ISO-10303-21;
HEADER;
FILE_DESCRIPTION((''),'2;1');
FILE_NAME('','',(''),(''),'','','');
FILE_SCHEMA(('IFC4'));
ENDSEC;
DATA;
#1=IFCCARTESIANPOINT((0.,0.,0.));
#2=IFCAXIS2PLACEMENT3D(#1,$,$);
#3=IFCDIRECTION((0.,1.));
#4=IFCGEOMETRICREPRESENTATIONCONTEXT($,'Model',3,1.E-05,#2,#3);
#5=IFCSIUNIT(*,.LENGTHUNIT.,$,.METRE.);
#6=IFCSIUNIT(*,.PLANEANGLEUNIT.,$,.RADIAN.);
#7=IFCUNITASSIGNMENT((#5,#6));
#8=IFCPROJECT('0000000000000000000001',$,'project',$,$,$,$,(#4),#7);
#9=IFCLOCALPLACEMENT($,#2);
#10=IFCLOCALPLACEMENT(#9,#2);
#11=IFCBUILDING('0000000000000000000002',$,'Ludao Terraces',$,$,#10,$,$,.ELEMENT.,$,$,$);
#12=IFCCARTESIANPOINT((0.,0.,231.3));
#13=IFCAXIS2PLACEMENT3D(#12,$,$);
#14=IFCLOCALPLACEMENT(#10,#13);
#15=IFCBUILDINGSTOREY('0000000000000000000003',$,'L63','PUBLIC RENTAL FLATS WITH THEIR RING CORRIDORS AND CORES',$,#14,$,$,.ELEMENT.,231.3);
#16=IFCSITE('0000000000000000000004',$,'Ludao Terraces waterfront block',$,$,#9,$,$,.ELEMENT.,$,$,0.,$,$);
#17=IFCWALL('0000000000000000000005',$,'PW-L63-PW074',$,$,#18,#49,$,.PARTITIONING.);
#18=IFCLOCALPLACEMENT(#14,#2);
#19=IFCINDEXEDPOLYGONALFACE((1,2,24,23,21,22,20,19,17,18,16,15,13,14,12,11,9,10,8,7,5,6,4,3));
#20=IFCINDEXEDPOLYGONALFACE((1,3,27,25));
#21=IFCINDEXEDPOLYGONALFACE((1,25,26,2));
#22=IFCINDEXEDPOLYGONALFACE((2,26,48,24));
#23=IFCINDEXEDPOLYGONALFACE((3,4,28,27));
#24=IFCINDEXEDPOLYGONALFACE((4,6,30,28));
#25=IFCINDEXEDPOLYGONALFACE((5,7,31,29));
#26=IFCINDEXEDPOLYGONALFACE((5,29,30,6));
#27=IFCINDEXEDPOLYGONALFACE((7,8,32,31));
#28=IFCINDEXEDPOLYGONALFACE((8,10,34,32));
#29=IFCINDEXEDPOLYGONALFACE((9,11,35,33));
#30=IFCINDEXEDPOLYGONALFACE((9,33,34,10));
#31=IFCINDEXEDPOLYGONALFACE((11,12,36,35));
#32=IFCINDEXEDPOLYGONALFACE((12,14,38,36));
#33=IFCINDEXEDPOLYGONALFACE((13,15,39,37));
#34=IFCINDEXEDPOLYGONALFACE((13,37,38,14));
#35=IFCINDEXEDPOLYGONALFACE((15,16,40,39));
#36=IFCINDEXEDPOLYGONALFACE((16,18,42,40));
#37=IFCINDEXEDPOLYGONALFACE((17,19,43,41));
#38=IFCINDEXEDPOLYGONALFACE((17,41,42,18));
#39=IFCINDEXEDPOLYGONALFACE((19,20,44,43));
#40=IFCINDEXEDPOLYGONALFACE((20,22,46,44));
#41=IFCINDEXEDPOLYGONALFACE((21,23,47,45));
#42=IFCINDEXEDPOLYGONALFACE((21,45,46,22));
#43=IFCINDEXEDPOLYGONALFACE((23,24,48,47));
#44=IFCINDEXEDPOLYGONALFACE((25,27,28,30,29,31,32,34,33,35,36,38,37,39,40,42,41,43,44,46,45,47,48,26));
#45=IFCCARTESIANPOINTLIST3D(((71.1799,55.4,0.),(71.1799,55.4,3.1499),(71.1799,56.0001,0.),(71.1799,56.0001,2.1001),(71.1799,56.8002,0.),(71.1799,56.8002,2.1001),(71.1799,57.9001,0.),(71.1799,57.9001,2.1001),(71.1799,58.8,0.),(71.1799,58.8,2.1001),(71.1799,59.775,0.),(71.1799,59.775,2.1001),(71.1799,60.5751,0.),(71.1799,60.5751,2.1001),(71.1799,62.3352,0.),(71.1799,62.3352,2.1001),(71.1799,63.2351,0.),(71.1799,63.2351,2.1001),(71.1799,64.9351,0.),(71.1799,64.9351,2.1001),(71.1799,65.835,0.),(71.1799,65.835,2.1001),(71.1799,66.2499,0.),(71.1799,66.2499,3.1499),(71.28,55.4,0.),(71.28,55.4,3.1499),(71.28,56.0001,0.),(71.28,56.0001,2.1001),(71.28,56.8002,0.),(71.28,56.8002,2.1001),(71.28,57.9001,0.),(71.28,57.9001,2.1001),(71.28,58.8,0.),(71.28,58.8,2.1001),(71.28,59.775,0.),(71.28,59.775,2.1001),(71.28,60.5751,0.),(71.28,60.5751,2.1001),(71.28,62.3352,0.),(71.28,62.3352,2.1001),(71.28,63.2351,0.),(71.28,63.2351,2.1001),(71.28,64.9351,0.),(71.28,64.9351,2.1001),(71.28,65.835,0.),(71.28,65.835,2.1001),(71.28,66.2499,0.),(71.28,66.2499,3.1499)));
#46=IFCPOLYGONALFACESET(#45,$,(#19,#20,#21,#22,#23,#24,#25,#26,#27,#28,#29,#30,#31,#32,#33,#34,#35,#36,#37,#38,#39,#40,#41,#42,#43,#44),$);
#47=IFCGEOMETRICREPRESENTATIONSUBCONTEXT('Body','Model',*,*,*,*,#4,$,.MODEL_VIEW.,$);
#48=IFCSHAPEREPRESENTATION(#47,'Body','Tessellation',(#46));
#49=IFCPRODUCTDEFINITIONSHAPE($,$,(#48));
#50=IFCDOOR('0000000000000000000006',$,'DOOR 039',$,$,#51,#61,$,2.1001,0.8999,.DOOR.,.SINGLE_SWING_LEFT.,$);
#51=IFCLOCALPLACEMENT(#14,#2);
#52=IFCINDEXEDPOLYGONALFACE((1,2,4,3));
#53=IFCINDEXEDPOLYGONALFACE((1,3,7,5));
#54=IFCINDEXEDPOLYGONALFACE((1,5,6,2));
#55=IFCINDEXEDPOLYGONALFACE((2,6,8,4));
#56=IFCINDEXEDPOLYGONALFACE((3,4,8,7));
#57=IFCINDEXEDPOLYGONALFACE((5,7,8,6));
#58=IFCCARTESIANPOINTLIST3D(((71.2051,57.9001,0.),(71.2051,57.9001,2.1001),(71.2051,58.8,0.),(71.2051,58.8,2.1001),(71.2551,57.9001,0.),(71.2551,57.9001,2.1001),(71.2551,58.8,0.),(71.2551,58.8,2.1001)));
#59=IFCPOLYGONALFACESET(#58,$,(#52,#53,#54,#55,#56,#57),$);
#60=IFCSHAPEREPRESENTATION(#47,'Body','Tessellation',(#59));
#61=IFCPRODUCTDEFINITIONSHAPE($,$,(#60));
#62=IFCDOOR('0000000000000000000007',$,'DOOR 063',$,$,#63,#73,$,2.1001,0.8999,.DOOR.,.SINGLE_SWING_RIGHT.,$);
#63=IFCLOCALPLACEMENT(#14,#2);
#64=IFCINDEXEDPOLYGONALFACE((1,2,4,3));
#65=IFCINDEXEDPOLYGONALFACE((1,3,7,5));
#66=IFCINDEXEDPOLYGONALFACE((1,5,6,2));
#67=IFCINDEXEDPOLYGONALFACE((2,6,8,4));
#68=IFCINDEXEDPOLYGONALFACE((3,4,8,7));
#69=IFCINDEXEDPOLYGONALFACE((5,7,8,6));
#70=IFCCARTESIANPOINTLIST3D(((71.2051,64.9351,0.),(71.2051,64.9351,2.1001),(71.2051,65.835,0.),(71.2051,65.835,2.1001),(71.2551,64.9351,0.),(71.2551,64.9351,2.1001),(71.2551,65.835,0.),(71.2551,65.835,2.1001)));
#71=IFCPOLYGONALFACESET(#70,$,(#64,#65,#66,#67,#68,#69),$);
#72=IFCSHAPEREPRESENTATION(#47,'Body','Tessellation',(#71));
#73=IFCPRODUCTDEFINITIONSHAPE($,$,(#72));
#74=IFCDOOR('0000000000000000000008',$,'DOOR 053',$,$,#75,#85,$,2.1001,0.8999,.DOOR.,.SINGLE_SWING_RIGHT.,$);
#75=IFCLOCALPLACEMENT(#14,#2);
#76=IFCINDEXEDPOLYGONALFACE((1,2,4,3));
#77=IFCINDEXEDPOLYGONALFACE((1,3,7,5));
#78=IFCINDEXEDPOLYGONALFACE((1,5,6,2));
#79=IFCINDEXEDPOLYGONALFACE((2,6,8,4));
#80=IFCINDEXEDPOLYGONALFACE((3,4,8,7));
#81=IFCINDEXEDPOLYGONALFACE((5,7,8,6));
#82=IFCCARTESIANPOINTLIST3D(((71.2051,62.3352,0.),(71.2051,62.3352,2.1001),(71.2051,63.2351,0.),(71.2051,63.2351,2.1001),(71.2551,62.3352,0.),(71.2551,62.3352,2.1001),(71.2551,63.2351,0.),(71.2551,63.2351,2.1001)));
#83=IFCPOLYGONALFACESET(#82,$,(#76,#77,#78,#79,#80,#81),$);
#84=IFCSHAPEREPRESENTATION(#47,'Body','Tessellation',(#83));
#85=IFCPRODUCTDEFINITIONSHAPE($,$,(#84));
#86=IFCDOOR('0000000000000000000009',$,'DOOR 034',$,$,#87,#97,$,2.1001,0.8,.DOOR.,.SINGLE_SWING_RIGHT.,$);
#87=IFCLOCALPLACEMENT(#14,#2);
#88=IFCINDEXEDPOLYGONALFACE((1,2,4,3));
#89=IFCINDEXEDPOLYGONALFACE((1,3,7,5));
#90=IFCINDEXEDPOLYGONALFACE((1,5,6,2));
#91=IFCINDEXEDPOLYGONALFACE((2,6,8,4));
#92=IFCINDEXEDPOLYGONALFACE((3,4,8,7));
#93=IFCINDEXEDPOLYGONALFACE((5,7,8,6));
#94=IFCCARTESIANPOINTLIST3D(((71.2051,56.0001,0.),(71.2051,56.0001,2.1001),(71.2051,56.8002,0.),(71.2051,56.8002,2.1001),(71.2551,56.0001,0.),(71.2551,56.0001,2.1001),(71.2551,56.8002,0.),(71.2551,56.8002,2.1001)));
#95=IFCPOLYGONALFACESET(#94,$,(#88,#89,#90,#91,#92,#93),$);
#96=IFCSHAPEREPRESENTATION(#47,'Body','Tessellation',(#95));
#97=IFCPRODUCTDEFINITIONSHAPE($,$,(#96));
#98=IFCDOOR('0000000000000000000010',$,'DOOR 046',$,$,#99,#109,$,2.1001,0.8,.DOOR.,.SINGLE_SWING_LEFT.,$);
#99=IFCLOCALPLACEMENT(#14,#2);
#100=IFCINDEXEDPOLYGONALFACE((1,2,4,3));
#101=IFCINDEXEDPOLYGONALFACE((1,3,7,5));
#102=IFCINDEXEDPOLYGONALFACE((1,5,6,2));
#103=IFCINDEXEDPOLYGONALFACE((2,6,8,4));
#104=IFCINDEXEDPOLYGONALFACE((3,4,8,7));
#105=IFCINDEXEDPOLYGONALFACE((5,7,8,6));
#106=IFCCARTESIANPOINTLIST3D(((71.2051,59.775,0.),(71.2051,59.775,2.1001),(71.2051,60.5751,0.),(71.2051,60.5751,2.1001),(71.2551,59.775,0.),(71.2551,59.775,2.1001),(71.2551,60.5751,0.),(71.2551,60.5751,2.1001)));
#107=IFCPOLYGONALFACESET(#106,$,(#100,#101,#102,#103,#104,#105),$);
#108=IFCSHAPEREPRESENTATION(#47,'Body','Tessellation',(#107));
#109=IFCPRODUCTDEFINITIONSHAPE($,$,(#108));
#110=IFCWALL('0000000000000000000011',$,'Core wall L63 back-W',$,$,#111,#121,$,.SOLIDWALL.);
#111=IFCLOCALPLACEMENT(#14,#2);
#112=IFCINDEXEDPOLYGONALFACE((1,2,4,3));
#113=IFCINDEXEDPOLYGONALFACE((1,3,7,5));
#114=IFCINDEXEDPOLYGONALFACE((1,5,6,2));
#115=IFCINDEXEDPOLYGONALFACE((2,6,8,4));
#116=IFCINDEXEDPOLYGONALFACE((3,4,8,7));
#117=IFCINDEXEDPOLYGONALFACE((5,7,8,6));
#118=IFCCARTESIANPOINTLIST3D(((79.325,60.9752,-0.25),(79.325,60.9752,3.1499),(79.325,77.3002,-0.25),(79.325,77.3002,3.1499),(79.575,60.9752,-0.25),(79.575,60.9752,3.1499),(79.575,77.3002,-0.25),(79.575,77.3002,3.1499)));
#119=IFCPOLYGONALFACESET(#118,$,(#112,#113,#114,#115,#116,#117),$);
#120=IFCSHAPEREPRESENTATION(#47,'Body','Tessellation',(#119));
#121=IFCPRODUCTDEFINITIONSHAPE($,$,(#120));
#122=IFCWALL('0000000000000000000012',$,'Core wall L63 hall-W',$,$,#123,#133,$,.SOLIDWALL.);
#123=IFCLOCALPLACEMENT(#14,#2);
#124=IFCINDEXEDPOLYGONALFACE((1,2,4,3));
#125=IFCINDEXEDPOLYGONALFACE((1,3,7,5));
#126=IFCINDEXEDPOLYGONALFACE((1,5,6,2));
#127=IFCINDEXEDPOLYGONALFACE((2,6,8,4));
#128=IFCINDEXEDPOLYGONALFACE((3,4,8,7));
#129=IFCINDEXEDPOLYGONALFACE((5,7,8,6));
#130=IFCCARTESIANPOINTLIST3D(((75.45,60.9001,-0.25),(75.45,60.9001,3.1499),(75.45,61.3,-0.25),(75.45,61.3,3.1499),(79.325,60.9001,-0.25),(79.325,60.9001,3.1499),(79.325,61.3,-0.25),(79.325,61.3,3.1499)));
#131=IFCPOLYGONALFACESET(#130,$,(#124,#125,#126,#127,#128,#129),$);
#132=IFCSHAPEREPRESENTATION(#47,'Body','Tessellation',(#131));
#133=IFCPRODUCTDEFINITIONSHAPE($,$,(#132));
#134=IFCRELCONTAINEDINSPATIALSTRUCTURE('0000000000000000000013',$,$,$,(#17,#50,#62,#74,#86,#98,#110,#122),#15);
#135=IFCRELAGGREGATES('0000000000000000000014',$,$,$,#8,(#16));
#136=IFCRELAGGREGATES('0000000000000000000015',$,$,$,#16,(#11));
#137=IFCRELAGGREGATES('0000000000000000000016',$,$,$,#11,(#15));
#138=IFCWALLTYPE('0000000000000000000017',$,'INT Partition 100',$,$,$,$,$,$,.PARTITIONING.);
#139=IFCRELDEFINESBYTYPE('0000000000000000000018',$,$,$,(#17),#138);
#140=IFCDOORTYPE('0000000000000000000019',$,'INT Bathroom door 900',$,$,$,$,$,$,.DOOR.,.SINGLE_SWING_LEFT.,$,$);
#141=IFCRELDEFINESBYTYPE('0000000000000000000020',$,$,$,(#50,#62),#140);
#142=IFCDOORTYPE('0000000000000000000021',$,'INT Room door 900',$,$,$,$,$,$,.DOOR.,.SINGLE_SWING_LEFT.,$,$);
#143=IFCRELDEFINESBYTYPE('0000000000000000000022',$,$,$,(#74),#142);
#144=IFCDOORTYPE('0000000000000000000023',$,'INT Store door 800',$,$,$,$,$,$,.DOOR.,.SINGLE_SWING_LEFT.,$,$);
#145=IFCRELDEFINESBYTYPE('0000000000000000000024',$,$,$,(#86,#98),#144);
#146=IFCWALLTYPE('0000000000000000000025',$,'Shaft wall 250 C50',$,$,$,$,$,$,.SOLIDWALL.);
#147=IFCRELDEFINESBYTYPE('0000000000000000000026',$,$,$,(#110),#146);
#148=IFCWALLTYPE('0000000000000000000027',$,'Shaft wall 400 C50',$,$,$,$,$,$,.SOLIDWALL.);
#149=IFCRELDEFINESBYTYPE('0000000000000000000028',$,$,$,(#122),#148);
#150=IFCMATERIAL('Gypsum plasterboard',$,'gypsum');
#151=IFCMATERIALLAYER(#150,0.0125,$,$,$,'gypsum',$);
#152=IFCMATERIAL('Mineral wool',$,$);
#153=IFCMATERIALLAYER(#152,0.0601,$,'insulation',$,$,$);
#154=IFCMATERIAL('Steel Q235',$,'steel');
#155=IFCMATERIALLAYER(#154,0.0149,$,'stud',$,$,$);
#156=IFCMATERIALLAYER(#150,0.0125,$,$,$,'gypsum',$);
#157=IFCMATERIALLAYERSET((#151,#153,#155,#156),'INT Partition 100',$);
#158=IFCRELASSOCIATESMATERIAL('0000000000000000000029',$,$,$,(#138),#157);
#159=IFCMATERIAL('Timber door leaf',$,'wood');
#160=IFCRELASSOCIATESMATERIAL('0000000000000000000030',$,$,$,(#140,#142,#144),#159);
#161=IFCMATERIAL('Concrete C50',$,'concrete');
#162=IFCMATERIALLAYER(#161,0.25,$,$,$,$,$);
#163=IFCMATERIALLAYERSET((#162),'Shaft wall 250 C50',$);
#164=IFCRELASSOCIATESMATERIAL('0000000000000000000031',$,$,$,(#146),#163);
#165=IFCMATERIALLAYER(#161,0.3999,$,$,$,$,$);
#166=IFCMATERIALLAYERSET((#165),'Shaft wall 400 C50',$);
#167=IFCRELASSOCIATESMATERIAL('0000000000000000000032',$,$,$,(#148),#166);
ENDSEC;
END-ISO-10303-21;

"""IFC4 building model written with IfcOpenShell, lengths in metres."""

from ifc_helpers import new_model, si_unit, direction, frame, frame_2d, origin, place, context, subcontext, project, spatial, rectangle, extrude, material, layer, layer_set, type_object, element, fill, save


model = new_model("IFC4")

# Units and contexts
model_context = context("Model", 3, precision=1e-05, world=origin(), true_north=direction((0.0, 1.0)))
body_context = subcontext(model_context, "Body", "Model", "MODEL_VIEW")
ifc_project = project(units=[si_unit("LENGTHUNIT", "METRE"), si_unit("PLANEANGLEUNIT", "RADIAN")], contexts=[model_context])

# Site, building, storey
site_placement = place(None, origin())
site = spatial("IfcSite", under=ifc_project, at=site_placement, Name="Ludao Terraces waterfront block", CompositionType="ELEMENT", RefElevation=0.0)
building_placement = place(site_placement, origin())
building = spatial("IfcBuilding", under=site, at=building_placement, Name="Ludao Terraces", CompositionType="ELEMENT")
storey_placement = place(building_placement, frame((0.0, 0.0, 231.3)))
storey = spatial("IfcBuildingStorey", under=building, at=storey_placement, Name="L63", Description="PUBLIC RENTAL FLATS WITH THEIR RING CORRIDORS AND CORES", CompositionType="ELEMENT", Elevation=231.3)

# Shared definitions
ifc_material_1 = material(Name="Concrete C50", Category="concrete")

# Shared definitions
ifc_material_2 = material(Name="Steel Q235", Category="steel")

# Shared definitions
ifc_material_3 = material(Name="Gypsum plasterboard", Category="gypsum")
ifc_layer_1 = layer(ifc_material_3, 0.0125, Category="gypsum")
ifc_material_4 = material(Name="Mineral wool")
ifc_layer_2 = layer(ifc_material_4, 0.0601, Name="insulation")
ifc_layer_3 = layer(ifc_material_2, 0.0149, Name="stud")
ifc_layer_4 = layer(ifc_material_3, 0.0125, Category="gypsum")
ifc_layer_set_1 = layer_set([ifc_layer_1, ifc_layer_2, ifc_layer_3, ifc_layer_4], Name="INT Partition 100")
wall_type_1 = type_object("IfcWallType", Name="INT Partition 100", PredefinedType="PARTITIONING", material=ifc_layer_set_1)

# Wall, openings, doors
wall_1_placement = place(storey_placement, frame((71.23, 55.4001, 0.0), z_axis=(0.0, 0.0, 1.0), x_axis=(0.0, 1.0, 0.0)))
wall_1 = element("IfcWall", 1, at=wall_1_placement, inside=storey, type_object=wall_type_1, Name="PW-L63-PW074", PredefinedType="PARTITIONING", context=body_context, shape_type="SweptSolid", body=[
    extrude(rectangle(XDim=10.8499, YDim=0.1001, at=frame_2d((5.4248, 0.0))), origin(), (0.0, 0.0, 1.0), 3.1499),
])
opening_1_placement = place(wall_1_placement, frame((0.6001, 0.0, 0.0)))
opening_1 = element("IfcOpeningElement", 2, at=opening_1_placement, cuts=wall_1, PredefinedType="OPENING", context=body_context, shape_type="SweptSolid", body=[
    extrude(rectangle(XDim=0.8, YDim=2.1001, at=frame_2d((0.3999, 1.05))), frame((0.0, 0.0601, 0.0), z_axis=(0.0, -1.0, 0.0), x_axis=(1.0, 0.0, 0.0)), (0.0, 0.0, 1.0), 0.1201),
])
opening_2_placement = place(wall_1_placement, frame((2.5, 0.0, 0.0)))
opening_2 = element("IfcOpeningElement", 3, at=opening_2_placement, cuts=wall_1, PredefinedType="OPENING", context=body_context, shape_type="SweptSolid", body=[
    extrude(rectangle(XDim=0.8999, YDim=2.1001, at=frame_2d((0.45, 1.05))), frame((0.0, 0.0601, 0.0), z_axis=(0.0, -1.0, 0.0), x_axis=(1.0, 0.0, 0.0)), (0.0, 0.0, 1.0), 0.1201),
])
opening_3_placement = place(wall_1_placement, frame((4.375, 0.0, 0.0)))
opening_3 = element("IfcOpeningElement", 4, at=opening_3_placement, cuts=wall_1, PredefinedType="OPENING", context=body_context, shape_type="SweptSolid", body=[
    extrude(rectangle(XDim=0.8, YDim=2.1001, at=frame_2d((0.3999, 1.05))), frame((0.0, 0.0601, 0.0), z_axis=(0.0, -1.0, 0.0), x_axis=(1.0, 0.0, 0.0)), (0.0, 0.0, 1.0), 0.1201),
])
opening_4_placement = place(wall_1_placement, frame((6.9351, 0.0, 0.0)))
opening_4 = element("IfcOpeningElement", 5, at=opening_4_placement, cuts=wall_1, PredefinedType="OPENING", context=body_context, shape_type="SweptSolid", body=[
    extrude(rectangle(XDim=0.8999, YDim=2.1001, at=frame_2d((0.45, 1.05))), frame((0.0, 0.0601, 0.0), z_axis=(0.0, -1.0, 0.0), x_axis=(1.0, 0.0, 0.0)), (0.0, 0.0, 1.0), 0.1201),
])
opening_5_placement = place(wall_1_placement, frame((9.5349, 0.0, 0.0)))
opening_5 = element("IfcOpeningElement", 6, at=opening_5_placement, cuts=wall_1, PredefinedType="OPENING", context=body_context, shape_type="SweptSolid", body=[
    extrude(rectangle(XDim=0.8999, YDim=2.1001, at=frame_2d((0.45, 1.05))), frame((0.0, 0.0601, 0.0), z_axis=(0.0, -1.0, 0.0), x_axis=(1.0, 0.0, 0.0)), (0.0, 0.0, 1.0), 0.1201),
])
ifc_material_5 = material(Name="Timber door leaf", Category="wood")
door_type_1 = type_object("IfcDoorType", Name="INT Bathroom door 900", OperationType="SINGLE_SWING_LEFT", PredefinedType="DOOR", material=ifc_material_5)
door_1_placement = place(opening_2_placement, origin())
door_1 = element("IfcDoor", 7, at=door_1_placement, inside=storey, type_object=door_type_1, Name="DOOR 039", OperationType="SINGLE_SWING_LEFT", OverallHeight=2.1001, OverallWidth=0.8999, PredefinedType="DOOR", context=body_context, shape_type="SweptSolid", body=[
    extrude(rectangle(XDim=0.8999, YDim=2.1001, at=frame_2d((0.45, 1.05))), frame((0.0, 0.0249, 0.0), z_axis=(0.0, -1.0, 0.0), x_axis=(1.0, 0.0, 0.0)), (0.0, 0.0, 1.0), 0.05),
])
fill(opening_2, door_1)
door_2_placement = place(opening_5_placement, origin())
door_2 = element("IfcDoor", 8, at=door_2_placement, inside=storey, type_object=door_type_1, Name="DOOR 063", OperationType="SINGLE_SWING_RIGHT", OverallHeight=2.1001, OverallWidth=0.8999, PredefinedType="DOOR", context=body_context, shape_type="SweptSolid", body=[
    extrude(rectangle(XDim=0.8999, YDim=2.1001, at=frame_2d((0.45, 1.05))), frame((0.0, 0.0249, 0.0), z_axis=(0.0, -1.0, 0.0), x_axis=(1.0, 0.0, 0.0)), (0.0, 0.0, 1.0), 0.05),
])
fill(opening_5, door_2)
door_type_2 = type_object("IfcDoorType", Name="INT Room door 900", OperationType="SINGLE_SWING_LEFT", PredefinedType="DOOR", material=ifc_material_5)
door_3_placement = place(opening_4_placement, origin())
door_3 = element("IfcDoor", 9, at=door_3_placement, inside=storey, type_object=door_type_2, Name="DOOR 053", OperationType="SINGLE_SWING_RIGHT", OverallHeight=2.1001, OverallWidth=0.8999, PredefinedType="DOOR", context=body_context, shape_type="SweptSolid", body=[
    extrude(rectangle(XDim=0.8999, YDim=2.1001, at=frame_2d((0.45, 1.05))), frame((0.0, 0.0249, 0.0), z_axis=(0.0, -1.0, 0.0), x_axis=(1.0, 0.0, 0.0)), (0.0, 0.0, 1.0), 0.05),
])
fill(opening_4, door_3)
door_type_3 = type_object("IfcDoorType", Name="INT Store door 800", OperationType="SINGLE_SWING_LEFT", PredefinedType="DOOR", material=ifc_material_5)
door_4_placement = place(opening_1_placement, origin())
door_4 = element("IfcDoor", 10, at=door_4_placement, inside=storey, type_object=door_type_3, Name="DOOR 034", OperationType="SINGLE_SWING_RIGHT", OverallHeight=2.1001, OverallWidth=0.8, PredefinedType="DOOR", context=body_context, shape_type="SweptSolid", body=[
    extrude(rectangle(XDim=0.8, YDim=2.1001, at=frame_2d((0.3999, 1.05))), frame((0.0, 0.0249, 0.0), z_axis=(0.0, -1.0, 0.0), x_axis=(1.0, 0.0, 0.0)), (0.0, 0.0, 1.0), 0.05),
])
fill(opening_1, door_4)
door_5_placement = place(opening_3_placement, origin())
door_5 = element("IfcDoor", 11, at=door_5_placement, inside=storey, type_object=door_type_3, Name="DOOR 046", OperationType="SINGLE_SWING_LEFT", OverallHeight=2.1001, OverallWidth=0.8, PredefinedType="DOOR", context=body_context, shape_type="SweptSolid", body=[
    extrude(rectangle(XDim=0.8, YDim=2.1001, at=frame_2d((0.3999, 1.05))), frame((0.0, 0.0249, 0.0), z_axis=(0.0, -1.0, 0.0), x_axis=(1.0, 0.0, 0.0)), (0.0, 0.0, 1.0), 0.05),
])
fill(opening_3, door_5)

# Walls
ifc_layer_5 = layer(ifc_material_1, 0.25)
ifc_layer_set_2 = layer_set([ifc_layer_5], Name="Shaft wall 250 C50")
wall_type_2 = type_object("IfcWallType", Name="Shaft wall 250 C50", PredefinedType="SOLIDWALL", material=ifc_layer_set_2)
wall_2_placement = place(storey_placement, frame((79.45, 60.9751, -0.25), z_axis=(0.0, 0.0, 1.0), x_axis=(0.0, 1.0, 0.0)))
element("IfcWall", 12, at=wall_2_placement, inside=storey, type_object=wall_type_2, Name="Core wall L63 back-W", PredefinedType="SOLIDWALL", context=body_context, shape_type="SweptSolid", body=[
    extrude(rectangle(XDim=16.325, YDim=0.25, at=frame_2d((8.1626, 0.0))), origin(), (0.0, 0.0, 1.0), 3.3999),
])
ifc_layer_6 = layer(ifc_material_1, 0.3999)
ifc_layer_set_3 = layer_set([ifc_layer_6], Name="Shaft wall 400 C50")
wall_type_3 = type_object("IfcWallType", Name="Shaft wall 400 C50", PredefinedType="SOLIDWALL", material=ifc_layer_set_3)
wall_3_placement = place(storey_placement, frame((75.45, 61.1001, -0.25), z_axis=(0.0, 0.0, 1.0), x_axis=(1.0, 0.0, 0.0)))
element("IfcWall", 13, at=wall_3_placement, inside=storey, type_object=wall_type_3, Name="Core wall L63 hall-W", PredefinedType="SOLIDWALL", context=body_context, shape_type="SweptSolid", body=[
    extrude(rectangle(XDim=3.875, YDim=0.3999, at=frame_2d((1.9375, 0.0))), origin(), (0.0, 0.0, 1.0), 3.3999),
])

save(model, "model.ifc")
